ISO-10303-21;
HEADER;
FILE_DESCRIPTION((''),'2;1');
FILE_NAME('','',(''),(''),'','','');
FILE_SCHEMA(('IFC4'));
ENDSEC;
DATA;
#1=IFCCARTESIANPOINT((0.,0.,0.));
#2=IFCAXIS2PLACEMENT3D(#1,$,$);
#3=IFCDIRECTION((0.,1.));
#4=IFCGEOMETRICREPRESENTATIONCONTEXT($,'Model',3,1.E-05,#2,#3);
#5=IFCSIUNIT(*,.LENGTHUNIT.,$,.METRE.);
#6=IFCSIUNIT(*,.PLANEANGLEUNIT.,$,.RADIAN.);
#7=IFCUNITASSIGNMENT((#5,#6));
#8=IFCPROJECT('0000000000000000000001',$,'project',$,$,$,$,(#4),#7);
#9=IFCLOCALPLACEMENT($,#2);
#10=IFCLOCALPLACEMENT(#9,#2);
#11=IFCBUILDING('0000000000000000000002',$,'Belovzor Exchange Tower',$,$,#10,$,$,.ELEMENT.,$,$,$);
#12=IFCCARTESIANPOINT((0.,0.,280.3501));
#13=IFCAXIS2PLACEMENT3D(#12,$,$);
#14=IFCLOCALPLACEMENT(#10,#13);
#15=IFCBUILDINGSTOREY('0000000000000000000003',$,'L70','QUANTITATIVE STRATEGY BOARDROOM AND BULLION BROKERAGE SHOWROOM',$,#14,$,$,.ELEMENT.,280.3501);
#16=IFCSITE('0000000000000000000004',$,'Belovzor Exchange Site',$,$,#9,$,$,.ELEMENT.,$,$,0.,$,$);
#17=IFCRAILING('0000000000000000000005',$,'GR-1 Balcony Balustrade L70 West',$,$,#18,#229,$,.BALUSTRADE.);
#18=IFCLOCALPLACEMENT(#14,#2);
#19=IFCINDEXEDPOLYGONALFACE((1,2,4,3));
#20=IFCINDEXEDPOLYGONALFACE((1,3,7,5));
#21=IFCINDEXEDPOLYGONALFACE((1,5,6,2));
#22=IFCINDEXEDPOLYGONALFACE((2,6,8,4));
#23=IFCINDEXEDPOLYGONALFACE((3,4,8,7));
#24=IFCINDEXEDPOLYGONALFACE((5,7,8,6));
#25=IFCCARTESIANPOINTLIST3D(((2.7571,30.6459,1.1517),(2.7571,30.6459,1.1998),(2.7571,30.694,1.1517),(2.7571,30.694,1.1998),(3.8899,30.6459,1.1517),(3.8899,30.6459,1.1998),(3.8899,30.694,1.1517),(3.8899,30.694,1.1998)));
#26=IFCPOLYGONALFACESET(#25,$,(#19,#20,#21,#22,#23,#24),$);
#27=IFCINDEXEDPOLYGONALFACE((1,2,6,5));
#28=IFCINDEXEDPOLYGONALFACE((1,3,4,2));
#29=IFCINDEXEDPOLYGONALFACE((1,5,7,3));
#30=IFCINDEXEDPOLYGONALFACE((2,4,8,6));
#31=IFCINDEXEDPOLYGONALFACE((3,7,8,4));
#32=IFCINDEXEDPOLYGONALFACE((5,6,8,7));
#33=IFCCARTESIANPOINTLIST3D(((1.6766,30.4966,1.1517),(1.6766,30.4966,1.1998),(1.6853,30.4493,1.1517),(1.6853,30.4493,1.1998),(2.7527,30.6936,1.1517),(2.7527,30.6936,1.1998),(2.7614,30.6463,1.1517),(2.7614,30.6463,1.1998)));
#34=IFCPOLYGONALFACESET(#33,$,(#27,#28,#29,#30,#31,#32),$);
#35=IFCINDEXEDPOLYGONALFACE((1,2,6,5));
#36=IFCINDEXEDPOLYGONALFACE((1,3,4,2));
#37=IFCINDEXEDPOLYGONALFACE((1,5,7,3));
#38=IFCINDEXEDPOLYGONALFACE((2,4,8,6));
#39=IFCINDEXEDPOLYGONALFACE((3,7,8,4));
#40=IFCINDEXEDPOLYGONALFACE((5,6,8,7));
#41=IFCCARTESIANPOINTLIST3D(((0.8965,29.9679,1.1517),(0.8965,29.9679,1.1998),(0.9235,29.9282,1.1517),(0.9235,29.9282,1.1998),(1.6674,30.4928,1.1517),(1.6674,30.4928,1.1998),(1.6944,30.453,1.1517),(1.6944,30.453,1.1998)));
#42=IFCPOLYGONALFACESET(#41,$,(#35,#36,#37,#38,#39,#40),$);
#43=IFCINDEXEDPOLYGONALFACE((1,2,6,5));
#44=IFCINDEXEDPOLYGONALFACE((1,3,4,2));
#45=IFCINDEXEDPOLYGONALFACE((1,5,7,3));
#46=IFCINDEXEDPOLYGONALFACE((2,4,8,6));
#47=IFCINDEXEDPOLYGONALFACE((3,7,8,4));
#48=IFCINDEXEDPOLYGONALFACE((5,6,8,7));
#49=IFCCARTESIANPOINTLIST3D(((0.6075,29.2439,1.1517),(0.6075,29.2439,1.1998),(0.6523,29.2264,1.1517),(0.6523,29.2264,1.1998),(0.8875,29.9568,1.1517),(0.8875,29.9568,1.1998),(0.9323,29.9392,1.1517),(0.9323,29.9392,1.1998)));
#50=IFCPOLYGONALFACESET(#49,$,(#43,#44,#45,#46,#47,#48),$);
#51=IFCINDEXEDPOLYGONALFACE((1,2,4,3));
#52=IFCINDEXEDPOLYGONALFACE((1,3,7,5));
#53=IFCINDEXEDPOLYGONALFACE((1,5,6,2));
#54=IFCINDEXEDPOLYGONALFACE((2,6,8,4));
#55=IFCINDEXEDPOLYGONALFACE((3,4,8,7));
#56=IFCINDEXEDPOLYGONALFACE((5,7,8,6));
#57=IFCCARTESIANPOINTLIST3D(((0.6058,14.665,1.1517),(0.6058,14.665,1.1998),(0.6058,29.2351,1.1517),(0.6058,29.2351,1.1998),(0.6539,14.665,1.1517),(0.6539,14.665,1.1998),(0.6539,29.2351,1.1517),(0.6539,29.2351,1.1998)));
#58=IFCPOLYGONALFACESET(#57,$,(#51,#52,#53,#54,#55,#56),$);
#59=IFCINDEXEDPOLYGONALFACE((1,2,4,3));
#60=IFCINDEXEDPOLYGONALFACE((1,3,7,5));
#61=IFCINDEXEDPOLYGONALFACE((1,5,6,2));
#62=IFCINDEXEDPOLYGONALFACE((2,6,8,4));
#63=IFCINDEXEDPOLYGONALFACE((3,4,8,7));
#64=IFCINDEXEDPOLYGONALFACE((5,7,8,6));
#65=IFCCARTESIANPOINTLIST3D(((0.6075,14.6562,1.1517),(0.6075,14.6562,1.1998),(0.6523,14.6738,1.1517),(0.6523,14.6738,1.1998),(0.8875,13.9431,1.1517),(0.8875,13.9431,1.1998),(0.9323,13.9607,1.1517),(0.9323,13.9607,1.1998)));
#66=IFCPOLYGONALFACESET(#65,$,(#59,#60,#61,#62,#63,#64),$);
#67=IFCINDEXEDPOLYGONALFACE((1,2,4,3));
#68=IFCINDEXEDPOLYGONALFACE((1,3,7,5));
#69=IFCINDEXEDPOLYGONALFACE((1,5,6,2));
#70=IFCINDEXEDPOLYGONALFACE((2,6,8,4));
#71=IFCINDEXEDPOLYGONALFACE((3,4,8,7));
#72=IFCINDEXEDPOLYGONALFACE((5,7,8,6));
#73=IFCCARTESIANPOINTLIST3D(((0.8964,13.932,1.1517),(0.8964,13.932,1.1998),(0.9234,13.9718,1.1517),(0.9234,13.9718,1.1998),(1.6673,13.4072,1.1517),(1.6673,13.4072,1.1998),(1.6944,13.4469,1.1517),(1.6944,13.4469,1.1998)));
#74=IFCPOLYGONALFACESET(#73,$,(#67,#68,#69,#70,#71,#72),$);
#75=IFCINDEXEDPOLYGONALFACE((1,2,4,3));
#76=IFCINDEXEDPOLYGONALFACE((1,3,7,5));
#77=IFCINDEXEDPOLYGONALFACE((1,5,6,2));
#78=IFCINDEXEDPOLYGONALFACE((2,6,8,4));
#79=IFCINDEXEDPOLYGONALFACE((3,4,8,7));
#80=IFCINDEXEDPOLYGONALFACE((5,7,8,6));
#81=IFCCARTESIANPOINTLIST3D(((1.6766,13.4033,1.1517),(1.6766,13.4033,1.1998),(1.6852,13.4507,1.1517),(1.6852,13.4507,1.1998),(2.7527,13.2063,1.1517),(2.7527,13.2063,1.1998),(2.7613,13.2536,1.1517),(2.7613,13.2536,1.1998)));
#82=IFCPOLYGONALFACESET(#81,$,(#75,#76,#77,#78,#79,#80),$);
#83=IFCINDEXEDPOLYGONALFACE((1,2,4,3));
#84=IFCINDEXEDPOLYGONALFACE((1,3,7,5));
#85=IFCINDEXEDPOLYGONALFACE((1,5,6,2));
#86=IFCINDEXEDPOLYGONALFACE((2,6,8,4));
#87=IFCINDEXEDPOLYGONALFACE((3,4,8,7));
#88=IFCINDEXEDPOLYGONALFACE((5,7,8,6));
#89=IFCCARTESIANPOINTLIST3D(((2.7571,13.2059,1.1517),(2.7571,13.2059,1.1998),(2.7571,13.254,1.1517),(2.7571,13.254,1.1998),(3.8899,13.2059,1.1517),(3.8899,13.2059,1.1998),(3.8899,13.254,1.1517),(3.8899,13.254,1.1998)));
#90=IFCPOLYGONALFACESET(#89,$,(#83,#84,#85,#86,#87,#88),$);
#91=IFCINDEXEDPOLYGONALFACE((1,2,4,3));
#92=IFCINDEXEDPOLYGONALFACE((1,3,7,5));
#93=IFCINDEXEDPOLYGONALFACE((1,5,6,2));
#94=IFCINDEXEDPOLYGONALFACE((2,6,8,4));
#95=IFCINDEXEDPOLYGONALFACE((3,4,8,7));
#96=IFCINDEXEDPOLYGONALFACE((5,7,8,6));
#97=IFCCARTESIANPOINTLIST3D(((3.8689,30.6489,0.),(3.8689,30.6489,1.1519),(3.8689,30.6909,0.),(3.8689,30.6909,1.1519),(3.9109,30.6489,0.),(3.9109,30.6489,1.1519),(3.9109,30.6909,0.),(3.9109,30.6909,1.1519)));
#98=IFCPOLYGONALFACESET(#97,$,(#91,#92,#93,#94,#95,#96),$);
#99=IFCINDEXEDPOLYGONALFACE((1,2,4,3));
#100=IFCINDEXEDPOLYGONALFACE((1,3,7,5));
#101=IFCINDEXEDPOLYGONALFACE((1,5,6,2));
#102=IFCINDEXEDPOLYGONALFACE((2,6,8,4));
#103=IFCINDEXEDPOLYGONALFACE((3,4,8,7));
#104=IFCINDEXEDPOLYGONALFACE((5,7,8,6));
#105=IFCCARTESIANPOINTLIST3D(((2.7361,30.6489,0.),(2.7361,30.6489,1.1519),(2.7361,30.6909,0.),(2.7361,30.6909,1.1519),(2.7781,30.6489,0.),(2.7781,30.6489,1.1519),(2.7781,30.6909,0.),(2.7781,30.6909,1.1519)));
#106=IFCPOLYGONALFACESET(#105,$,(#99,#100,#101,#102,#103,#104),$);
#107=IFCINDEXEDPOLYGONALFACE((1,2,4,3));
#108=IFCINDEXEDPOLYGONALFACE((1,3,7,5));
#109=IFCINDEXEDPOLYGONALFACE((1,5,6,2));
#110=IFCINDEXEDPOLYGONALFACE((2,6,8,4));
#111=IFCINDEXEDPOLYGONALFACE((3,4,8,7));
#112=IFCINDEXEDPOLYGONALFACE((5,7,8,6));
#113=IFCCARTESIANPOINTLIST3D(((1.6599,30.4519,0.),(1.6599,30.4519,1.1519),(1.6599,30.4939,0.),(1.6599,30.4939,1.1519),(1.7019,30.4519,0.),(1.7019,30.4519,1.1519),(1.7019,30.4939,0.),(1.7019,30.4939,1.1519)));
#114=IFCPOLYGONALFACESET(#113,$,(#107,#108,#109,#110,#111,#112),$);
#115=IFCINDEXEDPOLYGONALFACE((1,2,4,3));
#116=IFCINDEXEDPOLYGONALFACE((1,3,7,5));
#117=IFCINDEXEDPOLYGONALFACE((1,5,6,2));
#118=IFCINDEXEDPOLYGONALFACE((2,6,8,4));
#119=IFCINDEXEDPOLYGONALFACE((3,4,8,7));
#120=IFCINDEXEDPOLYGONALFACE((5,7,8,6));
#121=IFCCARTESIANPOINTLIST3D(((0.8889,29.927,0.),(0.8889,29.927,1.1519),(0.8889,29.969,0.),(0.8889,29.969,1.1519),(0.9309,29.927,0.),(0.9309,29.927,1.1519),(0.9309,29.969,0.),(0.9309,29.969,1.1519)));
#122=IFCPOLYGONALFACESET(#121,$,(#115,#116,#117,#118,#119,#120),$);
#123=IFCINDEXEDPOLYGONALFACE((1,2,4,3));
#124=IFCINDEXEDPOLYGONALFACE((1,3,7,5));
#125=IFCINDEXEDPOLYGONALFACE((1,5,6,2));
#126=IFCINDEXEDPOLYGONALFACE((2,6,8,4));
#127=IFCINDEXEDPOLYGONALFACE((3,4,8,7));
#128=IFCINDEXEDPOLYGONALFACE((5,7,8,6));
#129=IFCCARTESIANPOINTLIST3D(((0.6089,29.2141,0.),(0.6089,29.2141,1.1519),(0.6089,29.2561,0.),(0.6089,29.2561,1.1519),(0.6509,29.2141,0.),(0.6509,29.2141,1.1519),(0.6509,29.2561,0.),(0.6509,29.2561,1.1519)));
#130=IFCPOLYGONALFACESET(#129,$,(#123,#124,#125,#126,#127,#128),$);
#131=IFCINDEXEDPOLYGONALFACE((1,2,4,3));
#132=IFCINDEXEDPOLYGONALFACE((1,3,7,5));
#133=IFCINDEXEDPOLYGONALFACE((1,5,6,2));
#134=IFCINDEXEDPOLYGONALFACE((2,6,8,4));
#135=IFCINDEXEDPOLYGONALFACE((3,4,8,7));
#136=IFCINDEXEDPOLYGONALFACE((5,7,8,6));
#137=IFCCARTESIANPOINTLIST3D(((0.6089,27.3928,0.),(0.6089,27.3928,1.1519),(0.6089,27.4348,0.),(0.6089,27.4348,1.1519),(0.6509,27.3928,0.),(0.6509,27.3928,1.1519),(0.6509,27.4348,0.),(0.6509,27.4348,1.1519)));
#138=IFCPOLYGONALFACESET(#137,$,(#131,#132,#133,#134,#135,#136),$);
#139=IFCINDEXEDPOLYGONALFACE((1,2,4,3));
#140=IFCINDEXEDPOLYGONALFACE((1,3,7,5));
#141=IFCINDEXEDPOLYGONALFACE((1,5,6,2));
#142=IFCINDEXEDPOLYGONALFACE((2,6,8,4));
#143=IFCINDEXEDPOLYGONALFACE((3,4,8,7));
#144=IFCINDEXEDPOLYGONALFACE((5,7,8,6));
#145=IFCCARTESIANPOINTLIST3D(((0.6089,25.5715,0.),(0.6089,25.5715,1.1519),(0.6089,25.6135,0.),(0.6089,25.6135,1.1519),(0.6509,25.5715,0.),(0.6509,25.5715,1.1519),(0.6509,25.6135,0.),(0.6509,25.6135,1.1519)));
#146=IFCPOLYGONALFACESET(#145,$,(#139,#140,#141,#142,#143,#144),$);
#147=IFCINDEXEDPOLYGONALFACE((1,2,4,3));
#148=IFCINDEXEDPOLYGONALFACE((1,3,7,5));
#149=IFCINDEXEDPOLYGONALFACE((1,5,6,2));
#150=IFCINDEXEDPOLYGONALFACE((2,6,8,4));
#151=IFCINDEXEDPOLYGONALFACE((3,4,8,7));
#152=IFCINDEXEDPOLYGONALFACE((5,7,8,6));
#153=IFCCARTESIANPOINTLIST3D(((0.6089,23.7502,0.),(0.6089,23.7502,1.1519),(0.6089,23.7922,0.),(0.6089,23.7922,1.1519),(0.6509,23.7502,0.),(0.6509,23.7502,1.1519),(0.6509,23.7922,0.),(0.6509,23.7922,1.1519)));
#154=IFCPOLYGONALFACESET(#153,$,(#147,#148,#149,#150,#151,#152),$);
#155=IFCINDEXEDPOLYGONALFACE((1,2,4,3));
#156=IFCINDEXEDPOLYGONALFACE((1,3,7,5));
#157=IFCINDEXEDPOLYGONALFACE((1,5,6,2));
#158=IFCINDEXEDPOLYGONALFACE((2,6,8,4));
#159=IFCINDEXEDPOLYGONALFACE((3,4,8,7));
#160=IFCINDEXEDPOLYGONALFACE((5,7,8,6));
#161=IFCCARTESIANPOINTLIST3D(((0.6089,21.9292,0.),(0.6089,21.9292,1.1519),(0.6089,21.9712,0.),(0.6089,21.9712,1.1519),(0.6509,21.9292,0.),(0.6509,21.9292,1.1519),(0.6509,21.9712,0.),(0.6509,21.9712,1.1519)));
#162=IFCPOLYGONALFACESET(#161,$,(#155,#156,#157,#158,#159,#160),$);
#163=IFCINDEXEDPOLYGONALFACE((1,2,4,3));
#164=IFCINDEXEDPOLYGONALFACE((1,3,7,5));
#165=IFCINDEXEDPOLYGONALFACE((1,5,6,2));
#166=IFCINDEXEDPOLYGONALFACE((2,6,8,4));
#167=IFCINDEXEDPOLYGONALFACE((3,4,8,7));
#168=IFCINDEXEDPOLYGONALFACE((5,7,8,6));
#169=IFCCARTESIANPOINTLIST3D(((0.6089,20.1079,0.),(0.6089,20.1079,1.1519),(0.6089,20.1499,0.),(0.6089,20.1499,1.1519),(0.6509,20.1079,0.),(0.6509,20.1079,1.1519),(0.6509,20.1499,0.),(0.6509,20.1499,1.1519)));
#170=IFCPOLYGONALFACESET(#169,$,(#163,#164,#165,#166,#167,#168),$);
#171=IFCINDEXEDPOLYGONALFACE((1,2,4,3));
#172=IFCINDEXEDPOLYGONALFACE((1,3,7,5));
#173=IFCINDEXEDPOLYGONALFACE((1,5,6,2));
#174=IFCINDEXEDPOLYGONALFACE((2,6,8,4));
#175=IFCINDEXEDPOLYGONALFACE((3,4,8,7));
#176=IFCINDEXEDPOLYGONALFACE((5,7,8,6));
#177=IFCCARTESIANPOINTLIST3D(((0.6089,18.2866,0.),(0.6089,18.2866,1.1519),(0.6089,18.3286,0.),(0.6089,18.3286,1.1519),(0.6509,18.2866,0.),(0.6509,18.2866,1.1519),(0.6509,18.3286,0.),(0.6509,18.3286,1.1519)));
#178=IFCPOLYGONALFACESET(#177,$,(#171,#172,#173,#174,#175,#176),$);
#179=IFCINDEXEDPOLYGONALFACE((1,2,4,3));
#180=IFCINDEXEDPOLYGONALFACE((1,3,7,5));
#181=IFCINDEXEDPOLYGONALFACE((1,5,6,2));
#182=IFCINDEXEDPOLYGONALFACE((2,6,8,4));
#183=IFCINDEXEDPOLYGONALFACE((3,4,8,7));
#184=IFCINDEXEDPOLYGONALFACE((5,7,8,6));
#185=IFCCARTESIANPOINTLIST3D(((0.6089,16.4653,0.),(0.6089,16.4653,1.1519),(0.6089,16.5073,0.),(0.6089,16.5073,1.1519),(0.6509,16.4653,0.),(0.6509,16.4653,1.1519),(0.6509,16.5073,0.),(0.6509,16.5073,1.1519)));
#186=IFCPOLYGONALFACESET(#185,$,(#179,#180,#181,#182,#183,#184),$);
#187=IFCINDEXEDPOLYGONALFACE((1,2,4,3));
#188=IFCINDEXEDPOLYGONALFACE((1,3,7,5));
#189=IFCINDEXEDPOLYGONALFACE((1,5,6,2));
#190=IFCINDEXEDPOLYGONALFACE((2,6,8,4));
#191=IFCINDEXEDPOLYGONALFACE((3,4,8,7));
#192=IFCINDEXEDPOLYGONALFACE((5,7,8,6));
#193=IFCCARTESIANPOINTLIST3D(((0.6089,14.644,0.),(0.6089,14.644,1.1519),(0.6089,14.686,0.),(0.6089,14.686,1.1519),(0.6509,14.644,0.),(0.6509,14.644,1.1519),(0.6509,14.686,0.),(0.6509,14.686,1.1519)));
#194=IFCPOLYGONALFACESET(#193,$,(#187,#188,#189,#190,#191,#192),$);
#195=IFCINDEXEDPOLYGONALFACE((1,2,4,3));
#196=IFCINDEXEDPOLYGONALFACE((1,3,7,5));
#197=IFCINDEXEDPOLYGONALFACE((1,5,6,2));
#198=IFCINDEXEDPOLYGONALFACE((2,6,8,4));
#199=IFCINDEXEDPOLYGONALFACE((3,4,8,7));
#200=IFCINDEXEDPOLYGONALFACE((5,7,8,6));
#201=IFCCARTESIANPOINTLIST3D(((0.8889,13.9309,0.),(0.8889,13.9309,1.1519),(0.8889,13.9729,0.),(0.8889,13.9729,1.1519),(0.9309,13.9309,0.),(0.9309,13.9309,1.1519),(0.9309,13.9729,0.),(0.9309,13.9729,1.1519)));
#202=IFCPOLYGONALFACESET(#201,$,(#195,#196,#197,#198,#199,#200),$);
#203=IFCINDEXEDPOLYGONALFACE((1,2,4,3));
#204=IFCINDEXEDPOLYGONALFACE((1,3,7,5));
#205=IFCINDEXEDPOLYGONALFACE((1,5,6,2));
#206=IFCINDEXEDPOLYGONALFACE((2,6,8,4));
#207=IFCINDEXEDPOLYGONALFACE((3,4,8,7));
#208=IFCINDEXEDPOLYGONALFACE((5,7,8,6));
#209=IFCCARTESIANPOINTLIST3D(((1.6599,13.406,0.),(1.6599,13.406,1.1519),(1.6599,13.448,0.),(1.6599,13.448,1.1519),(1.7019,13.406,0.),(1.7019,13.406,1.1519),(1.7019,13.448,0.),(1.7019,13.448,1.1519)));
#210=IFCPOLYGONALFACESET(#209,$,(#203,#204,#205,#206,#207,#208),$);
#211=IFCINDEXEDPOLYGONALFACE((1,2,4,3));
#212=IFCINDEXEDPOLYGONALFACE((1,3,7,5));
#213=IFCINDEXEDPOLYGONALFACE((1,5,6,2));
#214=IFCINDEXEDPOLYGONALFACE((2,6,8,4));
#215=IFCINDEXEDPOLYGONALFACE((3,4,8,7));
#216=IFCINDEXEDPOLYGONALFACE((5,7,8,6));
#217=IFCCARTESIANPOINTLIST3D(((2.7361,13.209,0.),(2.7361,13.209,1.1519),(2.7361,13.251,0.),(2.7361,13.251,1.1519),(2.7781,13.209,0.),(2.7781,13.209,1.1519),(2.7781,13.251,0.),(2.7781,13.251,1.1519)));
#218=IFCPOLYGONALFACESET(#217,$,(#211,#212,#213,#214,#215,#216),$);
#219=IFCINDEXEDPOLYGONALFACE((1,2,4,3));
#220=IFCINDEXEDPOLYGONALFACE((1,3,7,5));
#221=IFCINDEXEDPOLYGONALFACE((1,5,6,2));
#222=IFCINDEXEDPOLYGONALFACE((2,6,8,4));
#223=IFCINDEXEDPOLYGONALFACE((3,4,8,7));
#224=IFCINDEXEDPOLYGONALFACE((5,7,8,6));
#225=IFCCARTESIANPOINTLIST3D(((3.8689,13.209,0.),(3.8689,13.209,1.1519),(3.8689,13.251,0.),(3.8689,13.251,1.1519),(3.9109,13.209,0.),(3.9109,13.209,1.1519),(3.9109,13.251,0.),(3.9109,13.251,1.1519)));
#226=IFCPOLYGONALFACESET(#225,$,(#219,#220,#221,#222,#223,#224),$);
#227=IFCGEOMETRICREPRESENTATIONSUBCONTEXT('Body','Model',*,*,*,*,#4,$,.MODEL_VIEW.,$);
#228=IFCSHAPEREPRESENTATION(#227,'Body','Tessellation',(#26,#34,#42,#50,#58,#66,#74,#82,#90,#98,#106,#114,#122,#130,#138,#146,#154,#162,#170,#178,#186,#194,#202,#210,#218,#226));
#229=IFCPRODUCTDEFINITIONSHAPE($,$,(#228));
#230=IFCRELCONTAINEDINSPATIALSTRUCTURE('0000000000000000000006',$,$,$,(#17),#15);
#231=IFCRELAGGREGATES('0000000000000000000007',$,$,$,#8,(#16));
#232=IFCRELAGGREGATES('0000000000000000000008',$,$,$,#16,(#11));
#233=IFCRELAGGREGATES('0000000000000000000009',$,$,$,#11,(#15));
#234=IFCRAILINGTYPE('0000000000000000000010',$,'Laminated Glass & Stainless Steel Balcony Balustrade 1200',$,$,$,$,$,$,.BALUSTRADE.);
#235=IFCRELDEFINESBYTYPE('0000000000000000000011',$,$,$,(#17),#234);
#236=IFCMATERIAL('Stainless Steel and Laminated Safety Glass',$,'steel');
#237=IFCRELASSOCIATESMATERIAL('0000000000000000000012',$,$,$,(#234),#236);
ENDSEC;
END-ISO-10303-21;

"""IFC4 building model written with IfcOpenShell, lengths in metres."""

from ifc_helpers import new_model, si_unit, direction, frame, origin, origin_2d, place, context, subcontext, project, spatial, rectangle, extrude, material, type_object, element, save


model = new_model("IFC4")

# Units and contexts
model_context = context("Model", 3, precision=1e-05, world=origin(), true_north=direction((0.0, 1.0)))
body_context = subcontext(model_context, "Body", "Model", "MODEL_VIEW")
ifc_project = project(units=[si_unit("LENGTHUNIT", "METRE"), si_unit("PLANEANGLEUNIT", "RADIAN")], contexts=[model_context])

# Site, building, storey
site_placement = place(None, origin())
site = spatial("IfcSite", under=ifc_project, at=site_placement, Name="Belovzor Exchange Site", CompositionType="ELEMENT", RefElevation=0.0)
building_placement = place(site_placement, origin())
building = spatial("IfcBuilding", under=site, at=building_placement, Name="Belovzor Exchange Tower", CompositionType="ELEMENT")
storey_placement = place(building_placement, frame((0.0, 0.0, 280.3501)))
storey = spatial("IfcBuildingStorey", under=building, at=storey_placement, Name="L70", Description="QUANTITATIVE STRATEGY BOARDROOM AND BULLION BROKERAGE SHOWROOM", CompositionType="ELEMENT", Elevation=280.3501)

# Railing
ifc_material_1 = material(Name="Stainless Steel and Laminated Safety Glass", Category="steel")
railing_type = type_object("IfcRailingType", Name="Laminated Glass & Stainless Steel Balcony Balustrade 1200", PredefinedType="BALUSTRADE", material=ifc_material_1)
railing_placement = place(storey_placement, frame((3.8899, 30.6699, 0.0)))
element("IfcRailing", 1, at=railing_placement, inside=storey, type_object=railing_type, Name="GR-1 Balcony Balustrade L70 West", PredefinedType="BALUSTRADE", context=body_context, shape_type="SweptSolid", body=[
    extrude(rectangle(XDim=0.0481, YDim=0.0481, at=origin_2d()), frame((0.0, 0.0, 1.1758), z_axis=(-1.0, 0.0, 0.0), x_axis=(0.0, -1.0, 0.0)), (0.0, 0.0, 1.0), 1.1328),
    extrude(rectangle(XDim=0.0481, YDim=0.0481, at=origin_2d()), frame((-1.1328, 0.0, 1.1758), z_axis=(-0.983651, -0.180083, 0.0), x_axis=(0.180083, -0.983651, 0.0)), (0.0, 0.0, 1.0), 1.094),
    extrude(rectangle(XDim=0.0481, YDim=0.0481, at=origin_2d()), frame((-2.209, -0.197, 1.1758), z_axis=(-0.826615, -0.562768, 0.0), x_axis=(0.562768, -0.826615, 0.0)), (0.0, 0.0, 1.0), 0.9326),
    extrude(rectangle(XDim=0.0481, YDim=0.0481, at=origin_2d()), frame((-2.98, -0.7219, 1.1758), z_axis=(-0.365613, -0.930767, 0.0), x_axis=(0.930767, -0.365613, 0.0)), (0.0, 0.0, 1.0), 0.7659),
    extrude(rectangle(XDim=0.0481, YDim=0.0481, at=origin_2d()), frame((-3.26, -1.4348, 1.1758), z_axis=(0.0, -1.0, 0.0), x_axis=(1.0, 0.0, 0.0)), (0.0, 0.0, 1.0), 14.5701),
    extrude(rectangle(XDim=0.0481, YDim=0.0481, at=origin_2d()), frame((-3.26, -16.0049, 1.1758), z_axis=(0.365504, -0.93081, 0.0), x_axis=(0.93081, 0.365504, 0.0)), (0.0, 0.0, 1.0), 0.7661),
    extrude(rectangle(XDim=0.0481, YDim=0.0481, at=origin_2d()), frame((-2.98, -16.718, 1.1758), z_axis=(0.826615, -0.562768, 0.0), x_axis=(0.562768, 0.826615, 0.0)), (0.0, 0.0, 1.0), 0.9326),
    extrude(rectangle(XDim=0.0481, YDim=0.0481, at=origin_2d()), frame((-2.209, -17.2429, 1.1758), z_axis=(0.983651, -0.180083, 0.0), x_axis=(0.180083, 0.983651, 0.0)), (0.0, 0.0, 1.0), 1.094),
    extrude(rectangle(XDim=0.0481, YDim=0.0481, at=origin_2d()), frame((-1.1328, -17.4399, 1.1758), z_axis=(1.0, 0.0, 0.0), x_axis=(0.0, 1.0, 0.0)), (0.0, 0.0, 1.0), 1.1328),
    extrude(rectangle(XDim=0.042, YDim=0.042, at=origin_2d()), origin(), (0.0, 0.0, 1.0), 1.1519),
    extrude(rectangle(XDim=0.042, YDim=0.042, at=origin_2d()), frame((-1.1328, 0.0, 0.0)), (0.0, 0.0, 1.0), 1.1519),
    extrude(rectangle(XDim=0.042, YDim=0.042, at=origin_2d()), frame((-2.209, -0.197, 0.0)), (0.0, 0.0, 1.0), 1.1519),
    extrude(rectangle(XDim=0.042, YDim=0.042, at=origin_2d()), frame((-2.98, -0.7219, 0.0)), (0.0, 0.0, 1.0), 1.1519),
    extrude(rectangle(XDim=0.042, YDim=0.042, at=origin_2d()), frame((-3.26, -1.4348, 0.0)), (0.0, 0.0, 1.0), 1.1519),
    extrude(rectangle(XDim=0.042, YDim=0.042, at=origin_2d()), frame((-3.26, -3.2561, 0.0)), (0.0, 0.0, 1.0), 1.1519),
    extrude(rectangle(XDim=0.042, YDim=0.042, at=origin_2d()), frame((-3.26, -5.0774, 0.0)), (0.0, 0.0, 1.0), 1.1519),
    extrude(rectangle(XDim=0.042, YDim=0.042, at=origin_2d()), frame((-3.26, -6.8987, 0.0)), (0.0, 0.0, 1.0), 1.1519),
    extrude(rectangle(XDim=0.042, YDim=0.042, at=origin_2d()), frame((-3.26, -8.7197, 0.0)), (0.0, 0.0, 1.0), 1.1519),
    extrude(rectangle(XDim=0.042, YDim=0.042, at=origin_2d()), frame((-3.26, -10.541, 0.0)), (0.0, 0.0, 1.0), 1.1519),
    extrude(rectangle(XDim=0.042, YDim=0.042, at=origin_2d()), frame((-3.26, -12.3623, 0.0)), (0.0, 0.0, 1.0), 1.1519),
    extrude(rectangle(XDim=0.042, YDim=0.042, at=origin_2d()), frame((-3.26, -14.1836, 0.0)), (0.0, 0.0, 1.0), 1.1519),
    extrude(rectangle(XDim=0.042, YDim=0.042, at=origin_2d()), frame((-3.26, -16.0049, 0.0)), (0.0, 0.0, 1.0), 1.1519),
    extrude(rectangle(XDim=0.042, YDim=0.042, at=origin_2d()), frame((-2.98, -16.718, 0.0)), (0.0, 0.0, 1.0), 1.1519),
    extrude(rectangle(XDim=0.042, YDim=0.042, at=origin_2d()), frame((-2.209, -17.2429, 0.0)), (0.0, 0.0, 1.0), 1.1519),
    extrude(rectangle(XDim=0.042, YDim=0.042, at=origin_2d()), frame((-1.1328, -17.4399, 0.0)), (0.0, 0.0, 1.0), 1.1519),
    extrude(rectangle(XDim=0.042, YDim=0.042, at=origin_2d()), frame((0.0, -17.4399, 0.0)), (0.0, 0.0, 1.0), 1.1519),
])

save(model, "model.ifc")
